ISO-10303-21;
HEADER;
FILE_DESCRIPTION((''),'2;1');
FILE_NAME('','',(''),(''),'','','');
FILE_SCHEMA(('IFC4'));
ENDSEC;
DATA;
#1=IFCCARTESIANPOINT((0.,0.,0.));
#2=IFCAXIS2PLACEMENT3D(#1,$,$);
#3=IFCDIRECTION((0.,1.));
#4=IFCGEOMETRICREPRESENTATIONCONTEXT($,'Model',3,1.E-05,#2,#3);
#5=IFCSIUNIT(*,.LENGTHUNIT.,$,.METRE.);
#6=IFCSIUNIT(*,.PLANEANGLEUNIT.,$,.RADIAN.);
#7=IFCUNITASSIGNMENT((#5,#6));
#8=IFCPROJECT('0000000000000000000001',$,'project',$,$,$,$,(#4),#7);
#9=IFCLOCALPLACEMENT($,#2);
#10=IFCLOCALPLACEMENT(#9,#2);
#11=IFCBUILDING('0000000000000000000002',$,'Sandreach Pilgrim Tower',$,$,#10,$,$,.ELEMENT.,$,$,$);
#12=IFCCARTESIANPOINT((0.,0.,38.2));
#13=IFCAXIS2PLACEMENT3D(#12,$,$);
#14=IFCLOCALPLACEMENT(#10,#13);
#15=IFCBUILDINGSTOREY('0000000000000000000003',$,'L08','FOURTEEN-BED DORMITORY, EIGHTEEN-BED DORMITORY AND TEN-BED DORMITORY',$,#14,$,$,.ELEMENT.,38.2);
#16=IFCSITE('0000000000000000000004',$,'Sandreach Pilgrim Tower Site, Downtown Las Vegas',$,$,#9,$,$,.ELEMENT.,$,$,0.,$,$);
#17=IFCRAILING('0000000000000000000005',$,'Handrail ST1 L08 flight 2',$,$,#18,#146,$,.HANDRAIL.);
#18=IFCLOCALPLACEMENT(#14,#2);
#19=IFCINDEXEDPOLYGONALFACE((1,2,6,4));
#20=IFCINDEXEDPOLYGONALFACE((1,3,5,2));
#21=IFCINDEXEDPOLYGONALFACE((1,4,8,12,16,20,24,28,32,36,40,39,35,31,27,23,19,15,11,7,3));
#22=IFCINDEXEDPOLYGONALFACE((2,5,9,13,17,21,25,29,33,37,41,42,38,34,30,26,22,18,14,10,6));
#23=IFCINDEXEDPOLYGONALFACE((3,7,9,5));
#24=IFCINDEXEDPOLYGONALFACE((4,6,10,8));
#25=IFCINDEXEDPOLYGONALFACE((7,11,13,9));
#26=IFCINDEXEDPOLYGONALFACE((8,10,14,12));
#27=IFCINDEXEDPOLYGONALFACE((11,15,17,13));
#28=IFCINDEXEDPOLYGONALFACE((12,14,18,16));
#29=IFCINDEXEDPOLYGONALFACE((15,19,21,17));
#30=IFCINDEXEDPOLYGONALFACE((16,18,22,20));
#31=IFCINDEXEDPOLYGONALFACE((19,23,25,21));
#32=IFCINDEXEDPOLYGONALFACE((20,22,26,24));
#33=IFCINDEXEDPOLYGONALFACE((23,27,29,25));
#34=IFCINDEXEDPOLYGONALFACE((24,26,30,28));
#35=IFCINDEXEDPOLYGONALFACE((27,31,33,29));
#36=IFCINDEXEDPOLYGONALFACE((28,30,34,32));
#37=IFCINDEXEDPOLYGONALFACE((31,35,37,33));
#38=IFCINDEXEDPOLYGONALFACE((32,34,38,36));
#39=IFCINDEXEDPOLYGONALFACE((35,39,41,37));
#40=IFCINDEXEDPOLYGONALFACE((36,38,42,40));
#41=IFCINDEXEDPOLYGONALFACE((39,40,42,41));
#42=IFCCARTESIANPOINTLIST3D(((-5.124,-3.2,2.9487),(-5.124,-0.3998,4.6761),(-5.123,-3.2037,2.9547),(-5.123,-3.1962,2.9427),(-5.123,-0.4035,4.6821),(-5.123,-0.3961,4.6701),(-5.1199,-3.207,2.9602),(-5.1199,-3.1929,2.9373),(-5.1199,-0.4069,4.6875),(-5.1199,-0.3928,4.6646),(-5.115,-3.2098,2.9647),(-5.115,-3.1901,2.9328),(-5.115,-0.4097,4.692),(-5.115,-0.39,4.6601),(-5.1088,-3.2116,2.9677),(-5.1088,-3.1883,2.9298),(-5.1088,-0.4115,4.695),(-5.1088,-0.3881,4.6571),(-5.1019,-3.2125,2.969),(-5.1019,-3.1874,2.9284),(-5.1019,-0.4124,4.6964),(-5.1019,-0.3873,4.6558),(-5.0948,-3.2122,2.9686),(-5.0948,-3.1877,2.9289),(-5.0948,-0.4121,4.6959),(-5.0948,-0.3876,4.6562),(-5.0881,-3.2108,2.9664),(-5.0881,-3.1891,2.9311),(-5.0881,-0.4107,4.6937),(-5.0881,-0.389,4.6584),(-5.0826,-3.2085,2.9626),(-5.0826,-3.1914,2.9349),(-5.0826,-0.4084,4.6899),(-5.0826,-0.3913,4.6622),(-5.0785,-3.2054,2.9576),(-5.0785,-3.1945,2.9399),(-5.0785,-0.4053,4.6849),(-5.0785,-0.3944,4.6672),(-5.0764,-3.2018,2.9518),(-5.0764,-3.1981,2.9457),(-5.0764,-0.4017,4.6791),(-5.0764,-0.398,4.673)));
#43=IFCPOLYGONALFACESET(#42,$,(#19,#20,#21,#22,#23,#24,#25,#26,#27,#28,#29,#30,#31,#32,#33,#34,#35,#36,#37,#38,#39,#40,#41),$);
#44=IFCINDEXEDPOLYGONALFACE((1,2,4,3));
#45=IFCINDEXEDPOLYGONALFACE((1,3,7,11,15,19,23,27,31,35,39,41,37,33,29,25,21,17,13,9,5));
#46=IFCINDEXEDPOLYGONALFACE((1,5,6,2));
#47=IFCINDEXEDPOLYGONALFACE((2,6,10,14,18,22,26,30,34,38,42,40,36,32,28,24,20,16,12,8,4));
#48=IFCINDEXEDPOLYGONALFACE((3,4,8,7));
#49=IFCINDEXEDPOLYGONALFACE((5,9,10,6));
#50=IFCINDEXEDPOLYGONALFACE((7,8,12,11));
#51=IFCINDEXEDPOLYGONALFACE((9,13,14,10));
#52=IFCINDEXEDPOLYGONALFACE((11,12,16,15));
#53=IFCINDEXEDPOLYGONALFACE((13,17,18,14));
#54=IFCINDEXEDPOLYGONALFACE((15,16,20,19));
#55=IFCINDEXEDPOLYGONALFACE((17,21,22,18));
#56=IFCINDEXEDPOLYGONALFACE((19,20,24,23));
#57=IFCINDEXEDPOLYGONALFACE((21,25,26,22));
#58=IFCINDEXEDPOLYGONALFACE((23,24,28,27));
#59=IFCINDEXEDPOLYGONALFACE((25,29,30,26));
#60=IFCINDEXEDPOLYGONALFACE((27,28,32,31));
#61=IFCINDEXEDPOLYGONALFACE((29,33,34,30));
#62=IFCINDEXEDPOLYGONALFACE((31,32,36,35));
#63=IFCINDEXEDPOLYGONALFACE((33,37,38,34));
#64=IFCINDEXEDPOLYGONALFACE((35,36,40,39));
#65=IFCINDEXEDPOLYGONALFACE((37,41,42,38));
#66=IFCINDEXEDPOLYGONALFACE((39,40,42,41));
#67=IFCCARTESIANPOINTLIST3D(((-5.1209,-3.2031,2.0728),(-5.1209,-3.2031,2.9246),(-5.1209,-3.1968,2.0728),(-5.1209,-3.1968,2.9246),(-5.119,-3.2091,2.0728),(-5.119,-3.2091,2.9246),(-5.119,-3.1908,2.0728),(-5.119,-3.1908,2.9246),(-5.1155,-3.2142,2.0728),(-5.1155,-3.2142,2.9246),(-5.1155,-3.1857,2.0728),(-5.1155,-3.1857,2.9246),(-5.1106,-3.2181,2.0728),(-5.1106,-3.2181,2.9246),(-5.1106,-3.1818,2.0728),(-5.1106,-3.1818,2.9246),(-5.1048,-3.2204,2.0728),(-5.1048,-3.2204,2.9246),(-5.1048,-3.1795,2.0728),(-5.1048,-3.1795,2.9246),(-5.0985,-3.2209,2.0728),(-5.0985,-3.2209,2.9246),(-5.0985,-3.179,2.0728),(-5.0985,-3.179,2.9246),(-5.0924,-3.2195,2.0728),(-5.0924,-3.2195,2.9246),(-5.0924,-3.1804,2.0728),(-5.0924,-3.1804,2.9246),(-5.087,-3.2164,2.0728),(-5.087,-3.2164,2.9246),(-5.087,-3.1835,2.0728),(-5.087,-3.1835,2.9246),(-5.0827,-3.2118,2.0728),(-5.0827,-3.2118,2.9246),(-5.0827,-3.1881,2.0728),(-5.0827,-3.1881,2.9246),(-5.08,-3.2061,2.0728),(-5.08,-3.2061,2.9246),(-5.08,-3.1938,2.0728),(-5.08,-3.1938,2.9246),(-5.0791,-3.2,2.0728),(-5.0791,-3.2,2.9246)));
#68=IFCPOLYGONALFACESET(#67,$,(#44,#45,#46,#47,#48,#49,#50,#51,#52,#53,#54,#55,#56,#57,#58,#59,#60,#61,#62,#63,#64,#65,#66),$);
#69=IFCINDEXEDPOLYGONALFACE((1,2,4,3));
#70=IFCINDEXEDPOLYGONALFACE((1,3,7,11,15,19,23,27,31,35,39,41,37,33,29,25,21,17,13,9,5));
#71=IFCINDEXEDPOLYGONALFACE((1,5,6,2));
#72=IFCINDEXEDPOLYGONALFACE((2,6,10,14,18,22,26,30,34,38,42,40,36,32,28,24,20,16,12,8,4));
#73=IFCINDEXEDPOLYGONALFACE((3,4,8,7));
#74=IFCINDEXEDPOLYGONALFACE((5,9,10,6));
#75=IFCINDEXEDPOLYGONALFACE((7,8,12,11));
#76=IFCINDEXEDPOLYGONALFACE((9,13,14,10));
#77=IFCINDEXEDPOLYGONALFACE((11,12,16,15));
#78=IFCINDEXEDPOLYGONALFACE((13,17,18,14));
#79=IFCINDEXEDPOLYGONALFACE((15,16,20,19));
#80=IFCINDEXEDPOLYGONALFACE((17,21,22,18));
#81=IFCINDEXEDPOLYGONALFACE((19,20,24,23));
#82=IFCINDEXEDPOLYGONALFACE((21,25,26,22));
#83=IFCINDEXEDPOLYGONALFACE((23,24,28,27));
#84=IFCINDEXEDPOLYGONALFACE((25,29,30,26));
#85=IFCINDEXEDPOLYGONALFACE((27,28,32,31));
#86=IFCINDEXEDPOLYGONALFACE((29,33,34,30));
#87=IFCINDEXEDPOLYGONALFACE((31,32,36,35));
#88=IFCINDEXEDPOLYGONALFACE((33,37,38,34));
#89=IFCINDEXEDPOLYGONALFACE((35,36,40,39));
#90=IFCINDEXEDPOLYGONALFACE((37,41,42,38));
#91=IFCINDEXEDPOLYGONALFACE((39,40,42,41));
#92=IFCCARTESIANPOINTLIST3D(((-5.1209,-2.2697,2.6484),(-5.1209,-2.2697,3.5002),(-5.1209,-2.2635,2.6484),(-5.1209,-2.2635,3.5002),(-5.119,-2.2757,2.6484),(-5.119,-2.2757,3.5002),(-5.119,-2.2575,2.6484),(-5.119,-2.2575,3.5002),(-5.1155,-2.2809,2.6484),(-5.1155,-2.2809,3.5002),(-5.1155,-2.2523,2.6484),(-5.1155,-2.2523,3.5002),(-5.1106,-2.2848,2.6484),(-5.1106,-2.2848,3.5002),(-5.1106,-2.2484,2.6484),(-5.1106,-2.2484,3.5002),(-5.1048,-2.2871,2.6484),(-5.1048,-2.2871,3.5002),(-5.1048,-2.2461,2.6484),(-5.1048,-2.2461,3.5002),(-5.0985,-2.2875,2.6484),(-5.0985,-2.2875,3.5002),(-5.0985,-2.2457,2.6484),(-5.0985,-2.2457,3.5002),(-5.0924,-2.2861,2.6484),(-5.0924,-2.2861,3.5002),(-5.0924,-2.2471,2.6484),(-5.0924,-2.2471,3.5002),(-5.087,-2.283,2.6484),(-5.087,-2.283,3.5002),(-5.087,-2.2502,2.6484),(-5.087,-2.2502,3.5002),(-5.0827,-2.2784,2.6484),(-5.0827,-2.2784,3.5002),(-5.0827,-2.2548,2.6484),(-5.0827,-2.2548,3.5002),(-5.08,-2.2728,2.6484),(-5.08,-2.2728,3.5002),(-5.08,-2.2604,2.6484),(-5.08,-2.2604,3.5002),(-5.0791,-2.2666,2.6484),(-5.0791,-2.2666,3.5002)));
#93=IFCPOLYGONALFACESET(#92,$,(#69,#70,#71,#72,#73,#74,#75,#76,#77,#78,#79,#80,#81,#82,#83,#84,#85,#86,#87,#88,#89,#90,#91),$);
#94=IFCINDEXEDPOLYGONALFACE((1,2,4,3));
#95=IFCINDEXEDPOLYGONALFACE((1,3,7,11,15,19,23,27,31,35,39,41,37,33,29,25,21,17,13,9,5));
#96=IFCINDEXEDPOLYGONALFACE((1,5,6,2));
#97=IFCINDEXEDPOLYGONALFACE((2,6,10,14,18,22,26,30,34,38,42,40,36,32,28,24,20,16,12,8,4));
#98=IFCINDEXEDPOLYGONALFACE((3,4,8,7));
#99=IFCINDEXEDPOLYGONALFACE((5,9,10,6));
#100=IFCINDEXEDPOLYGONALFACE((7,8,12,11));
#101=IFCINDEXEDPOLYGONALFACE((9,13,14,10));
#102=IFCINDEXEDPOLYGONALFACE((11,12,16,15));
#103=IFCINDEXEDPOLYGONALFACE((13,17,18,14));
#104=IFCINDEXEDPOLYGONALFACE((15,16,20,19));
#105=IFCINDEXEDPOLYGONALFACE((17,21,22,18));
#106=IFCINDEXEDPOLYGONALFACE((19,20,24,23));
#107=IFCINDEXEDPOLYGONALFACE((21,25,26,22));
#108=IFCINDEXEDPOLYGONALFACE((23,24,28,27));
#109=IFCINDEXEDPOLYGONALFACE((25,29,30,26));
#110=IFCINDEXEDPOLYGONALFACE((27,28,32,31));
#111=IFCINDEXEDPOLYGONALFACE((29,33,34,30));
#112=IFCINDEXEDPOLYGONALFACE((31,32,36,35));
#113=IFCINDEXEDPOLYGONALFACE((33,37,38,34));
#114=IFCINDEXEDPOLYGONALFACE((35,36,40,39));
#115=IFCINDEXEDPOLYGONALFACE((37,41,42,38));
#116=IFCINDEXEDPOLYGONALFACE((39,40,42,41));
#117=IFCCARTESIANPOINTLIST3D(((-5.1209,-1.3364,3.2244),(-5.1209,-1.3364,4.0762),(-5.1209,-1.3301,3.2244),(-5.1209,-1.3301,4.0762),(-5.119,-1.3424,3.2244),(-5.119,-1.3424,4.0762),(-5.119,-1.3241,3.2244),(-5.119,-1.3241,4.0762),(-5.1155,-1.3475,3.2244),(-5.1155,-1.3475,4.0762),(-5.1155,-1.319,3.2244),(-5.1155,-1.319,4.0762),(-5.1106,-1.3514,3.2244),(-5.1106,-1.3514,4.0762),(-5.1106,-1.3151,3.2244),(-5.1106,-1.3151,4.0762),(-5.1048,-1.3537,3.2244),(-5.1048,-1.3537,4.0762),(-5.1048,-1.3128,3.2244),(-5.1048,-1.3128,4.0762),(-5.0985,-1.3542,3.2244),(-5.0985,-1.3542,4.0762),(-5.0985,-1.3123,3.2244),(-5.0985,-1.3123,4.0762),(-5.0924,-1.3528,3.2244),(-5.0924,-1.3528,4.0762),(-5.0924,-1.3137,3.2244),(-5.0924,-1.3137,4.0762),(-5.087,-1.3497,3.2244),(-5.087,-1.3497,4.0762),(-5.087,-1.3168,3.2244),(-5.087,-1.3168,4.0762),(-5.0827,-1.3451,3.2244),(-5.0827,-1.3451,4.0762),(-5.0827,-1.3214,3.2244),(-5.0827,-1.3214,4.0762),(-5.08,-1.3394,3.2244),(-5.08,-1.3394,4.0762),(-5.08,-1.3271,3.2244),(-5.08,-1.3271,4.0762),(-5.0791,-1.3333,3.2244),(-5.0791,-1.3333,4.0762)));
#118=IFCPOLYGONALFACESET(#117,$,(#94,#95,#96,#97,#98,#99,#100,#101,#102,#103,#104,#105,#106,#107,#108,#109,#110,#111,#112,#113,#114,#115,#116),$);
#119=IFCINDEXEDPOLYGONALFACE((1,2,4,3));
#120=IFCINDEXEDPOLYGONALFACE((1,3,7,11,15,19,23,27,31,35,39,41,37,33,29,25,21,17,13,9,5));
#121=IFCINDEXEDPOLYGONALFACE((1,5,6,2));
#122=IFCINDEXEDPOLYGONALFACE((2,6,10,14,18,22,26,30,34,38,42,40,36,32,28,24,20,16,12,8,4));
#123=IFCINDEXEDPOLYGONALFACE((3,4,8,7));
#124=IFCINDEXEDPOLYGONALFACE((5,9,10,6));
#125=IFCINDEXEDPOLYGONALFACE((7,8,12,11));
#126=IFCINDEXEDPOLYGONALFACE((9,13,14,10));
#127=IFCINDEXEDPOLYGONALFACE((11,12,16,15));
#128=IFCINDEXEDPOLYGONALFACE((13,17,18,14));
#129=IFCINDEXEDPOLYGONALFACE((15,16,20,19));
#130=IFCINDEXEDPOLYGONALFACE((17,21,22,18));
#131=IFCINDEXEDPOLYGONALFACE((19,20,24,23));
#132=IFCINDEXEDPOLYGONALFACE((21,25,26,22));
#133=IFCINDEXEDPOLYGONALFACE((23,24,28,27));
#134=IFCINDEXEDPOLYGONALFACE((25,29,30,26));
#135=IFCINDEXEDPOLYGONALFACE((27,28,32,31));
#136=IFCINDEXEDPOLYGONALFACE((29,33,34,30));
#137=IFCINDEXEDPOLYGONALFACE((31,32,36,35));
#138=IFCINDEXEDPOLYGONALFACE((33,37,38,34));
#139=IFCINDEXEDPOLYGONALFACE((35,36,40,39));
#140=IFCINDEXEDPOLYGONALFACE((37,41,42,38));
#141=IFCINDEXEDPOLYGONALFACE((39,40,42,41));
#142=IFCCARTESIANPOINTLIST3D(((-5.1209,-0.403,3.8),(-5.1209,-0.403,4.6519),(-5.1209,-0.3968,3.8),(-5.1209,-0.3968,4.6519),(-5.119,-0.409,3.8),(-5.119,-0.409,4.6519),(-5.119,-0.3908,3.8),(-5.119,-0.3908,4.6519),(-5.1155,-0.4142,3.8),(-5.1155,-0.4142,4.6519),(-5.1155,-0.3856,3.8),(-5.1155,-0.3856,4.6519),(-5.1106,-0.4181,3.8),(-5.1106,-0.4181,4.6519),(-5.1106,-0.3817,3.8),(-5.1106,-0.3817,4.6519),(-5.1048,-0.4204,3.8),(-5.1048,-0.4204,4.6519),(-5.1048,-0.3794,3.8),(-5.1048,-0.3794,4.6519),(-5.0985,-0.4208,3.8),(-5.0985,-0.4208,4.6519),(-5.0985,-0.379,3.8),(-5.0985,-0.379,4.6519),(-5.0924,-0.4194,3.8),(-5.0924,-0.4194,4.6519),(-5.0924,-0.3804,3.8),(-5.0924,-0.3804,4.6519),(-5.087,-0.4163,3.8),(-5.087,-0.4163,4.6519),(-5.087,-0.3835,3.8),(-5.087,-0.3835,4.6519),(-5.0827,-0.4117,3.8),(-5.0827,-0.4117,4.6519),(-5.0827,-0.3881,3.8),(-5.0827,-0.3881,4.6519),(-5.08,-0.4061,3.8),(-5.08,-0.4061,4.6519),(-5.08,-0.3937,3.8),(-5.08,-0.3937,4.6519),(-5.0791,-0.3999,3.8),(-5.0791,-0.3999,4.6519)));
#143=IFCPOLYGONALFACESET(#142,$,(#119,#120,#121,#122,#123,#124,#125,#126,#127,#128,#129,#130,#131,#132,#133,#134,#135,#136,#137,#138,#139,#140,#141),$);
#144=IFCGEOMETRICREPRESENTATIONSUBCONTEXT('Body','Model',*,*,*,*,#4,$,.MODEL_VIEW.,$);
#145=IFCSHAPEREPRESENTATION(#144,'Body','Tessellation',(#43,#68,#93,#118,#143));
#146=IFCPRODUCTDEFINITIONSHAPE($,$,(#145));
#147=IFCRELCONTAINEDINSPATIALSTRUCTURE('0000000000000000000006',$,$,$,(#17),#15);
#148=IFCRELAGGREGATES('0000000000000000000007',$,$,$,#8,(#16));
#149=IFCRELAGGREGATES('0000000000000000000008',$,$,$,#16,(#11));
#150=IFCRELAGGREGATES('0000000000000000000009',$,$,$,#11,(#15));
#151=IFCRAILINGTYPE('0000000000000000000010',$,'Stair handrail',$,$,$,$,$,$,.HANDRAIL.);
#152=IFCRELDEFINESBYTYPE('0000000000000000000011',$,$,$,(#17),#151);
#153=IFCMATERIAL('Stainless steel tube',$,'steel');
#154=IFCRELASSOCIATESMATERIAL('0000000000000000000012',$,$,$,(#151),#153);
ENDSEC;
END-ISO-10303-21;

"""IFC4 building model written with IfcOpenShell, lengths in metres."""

from ifc_helpers import new_model, si_unit, direction, frame, origin, origin_2d, place, context, subcontext, project, spatial, circle, extrude, material, type_object, element, save


model = new_model("IFC4")

# Units and contexts
model_context = context("Model", 3, precision=1e-05, world=origin(), true_north=direction((0.0, 1.0)))
body_context = subcontext(model_context, "Body", "Model", "MODEL_VIEW")
ifc_project = project(units=[si_unit("LENGTHUNIT", "METRE"), si_unit("PLANEANGLEUNIT", "RADIAN")], contexts=[model_context])

# Site, building, storey
site_placement = place(None, origin())
site = spatial("IfcSite", under=ifc_project, at=site_placement, Name="Sandreach Pilgrim Tower Site, Downtown Las Vegas", CompositionType="ELEMENT", RefElevation=0.0)
building_placement = place(site_placement, origin())
building = spatial("IfcBuilding", under=site, at=building_placement, Name="Sandreach Pilgrim Tower", CompositionType="ELEMENT")
storey_placement = place(building_placement, frame((0.0, 0.0, 38.2)))
storey = spatial("IfcBuildingStorey", under=building, at=storey_placement, Name="L08", Description="FOURTEEN-BED DORMITORY, EIGHTEEN-BED DORMITORY AND TEN-BED DORMITORY", CompositionType="ELEMENT", Elevation=38.2)

# Railing
ifc_material_1 = material(Name="Stainless steel tube", Category="steel")
railing_type = type_object("IfcRailingType", Name="Stair handrail", PredefinedType="HANDRAIL", material=ifc_material_1)
for number, where, name in (
    (1, (-5.1001, -3.2, 2.0728), "Handrail ST1 L08 flight 2"),
):
    element("IfcRailing", number, at=place(storey_placement, frame(where)), inside=storey, type_object=railing_type, Name=name, PredefinedType="HANDRAIL", context=body_context, shape_type="SweptSolid", body=[
        extrude(circle(Radius=0.0239, at=origin_2d()), frame((0.0, 0.0, 0.876), z_axis=(0.0, 0.85109, 0.52502), x_axis=(-1.0, 0.0, 0.0)), (0.0, 0.0, 1.0), 3.29),
        extrude(circle(Radius=0.021, at=origin_2d()), origin(), (0.0, 0.0, 1.0), 0.8518),
        extrude(circle(Radius=0.021, at=origin_2d()), frame((0.0, 0.9333, 0.5757)), (0.0, 0.0, 1.0), 0.8518),
        extrude(circle(Radius=0.021, at=origin_2d()), frame((0.0, 1.8667, 1.1516)), (0.0, 0.0, 1.0), 0.8518),
        extrude(circle(Radius=0.021, at=origin_2d()), frame((0.0, 2.8, 1.7273)), (0.0, 0.0, 1.0), 0.8518),
    ])

save(model, "model.ifc")
